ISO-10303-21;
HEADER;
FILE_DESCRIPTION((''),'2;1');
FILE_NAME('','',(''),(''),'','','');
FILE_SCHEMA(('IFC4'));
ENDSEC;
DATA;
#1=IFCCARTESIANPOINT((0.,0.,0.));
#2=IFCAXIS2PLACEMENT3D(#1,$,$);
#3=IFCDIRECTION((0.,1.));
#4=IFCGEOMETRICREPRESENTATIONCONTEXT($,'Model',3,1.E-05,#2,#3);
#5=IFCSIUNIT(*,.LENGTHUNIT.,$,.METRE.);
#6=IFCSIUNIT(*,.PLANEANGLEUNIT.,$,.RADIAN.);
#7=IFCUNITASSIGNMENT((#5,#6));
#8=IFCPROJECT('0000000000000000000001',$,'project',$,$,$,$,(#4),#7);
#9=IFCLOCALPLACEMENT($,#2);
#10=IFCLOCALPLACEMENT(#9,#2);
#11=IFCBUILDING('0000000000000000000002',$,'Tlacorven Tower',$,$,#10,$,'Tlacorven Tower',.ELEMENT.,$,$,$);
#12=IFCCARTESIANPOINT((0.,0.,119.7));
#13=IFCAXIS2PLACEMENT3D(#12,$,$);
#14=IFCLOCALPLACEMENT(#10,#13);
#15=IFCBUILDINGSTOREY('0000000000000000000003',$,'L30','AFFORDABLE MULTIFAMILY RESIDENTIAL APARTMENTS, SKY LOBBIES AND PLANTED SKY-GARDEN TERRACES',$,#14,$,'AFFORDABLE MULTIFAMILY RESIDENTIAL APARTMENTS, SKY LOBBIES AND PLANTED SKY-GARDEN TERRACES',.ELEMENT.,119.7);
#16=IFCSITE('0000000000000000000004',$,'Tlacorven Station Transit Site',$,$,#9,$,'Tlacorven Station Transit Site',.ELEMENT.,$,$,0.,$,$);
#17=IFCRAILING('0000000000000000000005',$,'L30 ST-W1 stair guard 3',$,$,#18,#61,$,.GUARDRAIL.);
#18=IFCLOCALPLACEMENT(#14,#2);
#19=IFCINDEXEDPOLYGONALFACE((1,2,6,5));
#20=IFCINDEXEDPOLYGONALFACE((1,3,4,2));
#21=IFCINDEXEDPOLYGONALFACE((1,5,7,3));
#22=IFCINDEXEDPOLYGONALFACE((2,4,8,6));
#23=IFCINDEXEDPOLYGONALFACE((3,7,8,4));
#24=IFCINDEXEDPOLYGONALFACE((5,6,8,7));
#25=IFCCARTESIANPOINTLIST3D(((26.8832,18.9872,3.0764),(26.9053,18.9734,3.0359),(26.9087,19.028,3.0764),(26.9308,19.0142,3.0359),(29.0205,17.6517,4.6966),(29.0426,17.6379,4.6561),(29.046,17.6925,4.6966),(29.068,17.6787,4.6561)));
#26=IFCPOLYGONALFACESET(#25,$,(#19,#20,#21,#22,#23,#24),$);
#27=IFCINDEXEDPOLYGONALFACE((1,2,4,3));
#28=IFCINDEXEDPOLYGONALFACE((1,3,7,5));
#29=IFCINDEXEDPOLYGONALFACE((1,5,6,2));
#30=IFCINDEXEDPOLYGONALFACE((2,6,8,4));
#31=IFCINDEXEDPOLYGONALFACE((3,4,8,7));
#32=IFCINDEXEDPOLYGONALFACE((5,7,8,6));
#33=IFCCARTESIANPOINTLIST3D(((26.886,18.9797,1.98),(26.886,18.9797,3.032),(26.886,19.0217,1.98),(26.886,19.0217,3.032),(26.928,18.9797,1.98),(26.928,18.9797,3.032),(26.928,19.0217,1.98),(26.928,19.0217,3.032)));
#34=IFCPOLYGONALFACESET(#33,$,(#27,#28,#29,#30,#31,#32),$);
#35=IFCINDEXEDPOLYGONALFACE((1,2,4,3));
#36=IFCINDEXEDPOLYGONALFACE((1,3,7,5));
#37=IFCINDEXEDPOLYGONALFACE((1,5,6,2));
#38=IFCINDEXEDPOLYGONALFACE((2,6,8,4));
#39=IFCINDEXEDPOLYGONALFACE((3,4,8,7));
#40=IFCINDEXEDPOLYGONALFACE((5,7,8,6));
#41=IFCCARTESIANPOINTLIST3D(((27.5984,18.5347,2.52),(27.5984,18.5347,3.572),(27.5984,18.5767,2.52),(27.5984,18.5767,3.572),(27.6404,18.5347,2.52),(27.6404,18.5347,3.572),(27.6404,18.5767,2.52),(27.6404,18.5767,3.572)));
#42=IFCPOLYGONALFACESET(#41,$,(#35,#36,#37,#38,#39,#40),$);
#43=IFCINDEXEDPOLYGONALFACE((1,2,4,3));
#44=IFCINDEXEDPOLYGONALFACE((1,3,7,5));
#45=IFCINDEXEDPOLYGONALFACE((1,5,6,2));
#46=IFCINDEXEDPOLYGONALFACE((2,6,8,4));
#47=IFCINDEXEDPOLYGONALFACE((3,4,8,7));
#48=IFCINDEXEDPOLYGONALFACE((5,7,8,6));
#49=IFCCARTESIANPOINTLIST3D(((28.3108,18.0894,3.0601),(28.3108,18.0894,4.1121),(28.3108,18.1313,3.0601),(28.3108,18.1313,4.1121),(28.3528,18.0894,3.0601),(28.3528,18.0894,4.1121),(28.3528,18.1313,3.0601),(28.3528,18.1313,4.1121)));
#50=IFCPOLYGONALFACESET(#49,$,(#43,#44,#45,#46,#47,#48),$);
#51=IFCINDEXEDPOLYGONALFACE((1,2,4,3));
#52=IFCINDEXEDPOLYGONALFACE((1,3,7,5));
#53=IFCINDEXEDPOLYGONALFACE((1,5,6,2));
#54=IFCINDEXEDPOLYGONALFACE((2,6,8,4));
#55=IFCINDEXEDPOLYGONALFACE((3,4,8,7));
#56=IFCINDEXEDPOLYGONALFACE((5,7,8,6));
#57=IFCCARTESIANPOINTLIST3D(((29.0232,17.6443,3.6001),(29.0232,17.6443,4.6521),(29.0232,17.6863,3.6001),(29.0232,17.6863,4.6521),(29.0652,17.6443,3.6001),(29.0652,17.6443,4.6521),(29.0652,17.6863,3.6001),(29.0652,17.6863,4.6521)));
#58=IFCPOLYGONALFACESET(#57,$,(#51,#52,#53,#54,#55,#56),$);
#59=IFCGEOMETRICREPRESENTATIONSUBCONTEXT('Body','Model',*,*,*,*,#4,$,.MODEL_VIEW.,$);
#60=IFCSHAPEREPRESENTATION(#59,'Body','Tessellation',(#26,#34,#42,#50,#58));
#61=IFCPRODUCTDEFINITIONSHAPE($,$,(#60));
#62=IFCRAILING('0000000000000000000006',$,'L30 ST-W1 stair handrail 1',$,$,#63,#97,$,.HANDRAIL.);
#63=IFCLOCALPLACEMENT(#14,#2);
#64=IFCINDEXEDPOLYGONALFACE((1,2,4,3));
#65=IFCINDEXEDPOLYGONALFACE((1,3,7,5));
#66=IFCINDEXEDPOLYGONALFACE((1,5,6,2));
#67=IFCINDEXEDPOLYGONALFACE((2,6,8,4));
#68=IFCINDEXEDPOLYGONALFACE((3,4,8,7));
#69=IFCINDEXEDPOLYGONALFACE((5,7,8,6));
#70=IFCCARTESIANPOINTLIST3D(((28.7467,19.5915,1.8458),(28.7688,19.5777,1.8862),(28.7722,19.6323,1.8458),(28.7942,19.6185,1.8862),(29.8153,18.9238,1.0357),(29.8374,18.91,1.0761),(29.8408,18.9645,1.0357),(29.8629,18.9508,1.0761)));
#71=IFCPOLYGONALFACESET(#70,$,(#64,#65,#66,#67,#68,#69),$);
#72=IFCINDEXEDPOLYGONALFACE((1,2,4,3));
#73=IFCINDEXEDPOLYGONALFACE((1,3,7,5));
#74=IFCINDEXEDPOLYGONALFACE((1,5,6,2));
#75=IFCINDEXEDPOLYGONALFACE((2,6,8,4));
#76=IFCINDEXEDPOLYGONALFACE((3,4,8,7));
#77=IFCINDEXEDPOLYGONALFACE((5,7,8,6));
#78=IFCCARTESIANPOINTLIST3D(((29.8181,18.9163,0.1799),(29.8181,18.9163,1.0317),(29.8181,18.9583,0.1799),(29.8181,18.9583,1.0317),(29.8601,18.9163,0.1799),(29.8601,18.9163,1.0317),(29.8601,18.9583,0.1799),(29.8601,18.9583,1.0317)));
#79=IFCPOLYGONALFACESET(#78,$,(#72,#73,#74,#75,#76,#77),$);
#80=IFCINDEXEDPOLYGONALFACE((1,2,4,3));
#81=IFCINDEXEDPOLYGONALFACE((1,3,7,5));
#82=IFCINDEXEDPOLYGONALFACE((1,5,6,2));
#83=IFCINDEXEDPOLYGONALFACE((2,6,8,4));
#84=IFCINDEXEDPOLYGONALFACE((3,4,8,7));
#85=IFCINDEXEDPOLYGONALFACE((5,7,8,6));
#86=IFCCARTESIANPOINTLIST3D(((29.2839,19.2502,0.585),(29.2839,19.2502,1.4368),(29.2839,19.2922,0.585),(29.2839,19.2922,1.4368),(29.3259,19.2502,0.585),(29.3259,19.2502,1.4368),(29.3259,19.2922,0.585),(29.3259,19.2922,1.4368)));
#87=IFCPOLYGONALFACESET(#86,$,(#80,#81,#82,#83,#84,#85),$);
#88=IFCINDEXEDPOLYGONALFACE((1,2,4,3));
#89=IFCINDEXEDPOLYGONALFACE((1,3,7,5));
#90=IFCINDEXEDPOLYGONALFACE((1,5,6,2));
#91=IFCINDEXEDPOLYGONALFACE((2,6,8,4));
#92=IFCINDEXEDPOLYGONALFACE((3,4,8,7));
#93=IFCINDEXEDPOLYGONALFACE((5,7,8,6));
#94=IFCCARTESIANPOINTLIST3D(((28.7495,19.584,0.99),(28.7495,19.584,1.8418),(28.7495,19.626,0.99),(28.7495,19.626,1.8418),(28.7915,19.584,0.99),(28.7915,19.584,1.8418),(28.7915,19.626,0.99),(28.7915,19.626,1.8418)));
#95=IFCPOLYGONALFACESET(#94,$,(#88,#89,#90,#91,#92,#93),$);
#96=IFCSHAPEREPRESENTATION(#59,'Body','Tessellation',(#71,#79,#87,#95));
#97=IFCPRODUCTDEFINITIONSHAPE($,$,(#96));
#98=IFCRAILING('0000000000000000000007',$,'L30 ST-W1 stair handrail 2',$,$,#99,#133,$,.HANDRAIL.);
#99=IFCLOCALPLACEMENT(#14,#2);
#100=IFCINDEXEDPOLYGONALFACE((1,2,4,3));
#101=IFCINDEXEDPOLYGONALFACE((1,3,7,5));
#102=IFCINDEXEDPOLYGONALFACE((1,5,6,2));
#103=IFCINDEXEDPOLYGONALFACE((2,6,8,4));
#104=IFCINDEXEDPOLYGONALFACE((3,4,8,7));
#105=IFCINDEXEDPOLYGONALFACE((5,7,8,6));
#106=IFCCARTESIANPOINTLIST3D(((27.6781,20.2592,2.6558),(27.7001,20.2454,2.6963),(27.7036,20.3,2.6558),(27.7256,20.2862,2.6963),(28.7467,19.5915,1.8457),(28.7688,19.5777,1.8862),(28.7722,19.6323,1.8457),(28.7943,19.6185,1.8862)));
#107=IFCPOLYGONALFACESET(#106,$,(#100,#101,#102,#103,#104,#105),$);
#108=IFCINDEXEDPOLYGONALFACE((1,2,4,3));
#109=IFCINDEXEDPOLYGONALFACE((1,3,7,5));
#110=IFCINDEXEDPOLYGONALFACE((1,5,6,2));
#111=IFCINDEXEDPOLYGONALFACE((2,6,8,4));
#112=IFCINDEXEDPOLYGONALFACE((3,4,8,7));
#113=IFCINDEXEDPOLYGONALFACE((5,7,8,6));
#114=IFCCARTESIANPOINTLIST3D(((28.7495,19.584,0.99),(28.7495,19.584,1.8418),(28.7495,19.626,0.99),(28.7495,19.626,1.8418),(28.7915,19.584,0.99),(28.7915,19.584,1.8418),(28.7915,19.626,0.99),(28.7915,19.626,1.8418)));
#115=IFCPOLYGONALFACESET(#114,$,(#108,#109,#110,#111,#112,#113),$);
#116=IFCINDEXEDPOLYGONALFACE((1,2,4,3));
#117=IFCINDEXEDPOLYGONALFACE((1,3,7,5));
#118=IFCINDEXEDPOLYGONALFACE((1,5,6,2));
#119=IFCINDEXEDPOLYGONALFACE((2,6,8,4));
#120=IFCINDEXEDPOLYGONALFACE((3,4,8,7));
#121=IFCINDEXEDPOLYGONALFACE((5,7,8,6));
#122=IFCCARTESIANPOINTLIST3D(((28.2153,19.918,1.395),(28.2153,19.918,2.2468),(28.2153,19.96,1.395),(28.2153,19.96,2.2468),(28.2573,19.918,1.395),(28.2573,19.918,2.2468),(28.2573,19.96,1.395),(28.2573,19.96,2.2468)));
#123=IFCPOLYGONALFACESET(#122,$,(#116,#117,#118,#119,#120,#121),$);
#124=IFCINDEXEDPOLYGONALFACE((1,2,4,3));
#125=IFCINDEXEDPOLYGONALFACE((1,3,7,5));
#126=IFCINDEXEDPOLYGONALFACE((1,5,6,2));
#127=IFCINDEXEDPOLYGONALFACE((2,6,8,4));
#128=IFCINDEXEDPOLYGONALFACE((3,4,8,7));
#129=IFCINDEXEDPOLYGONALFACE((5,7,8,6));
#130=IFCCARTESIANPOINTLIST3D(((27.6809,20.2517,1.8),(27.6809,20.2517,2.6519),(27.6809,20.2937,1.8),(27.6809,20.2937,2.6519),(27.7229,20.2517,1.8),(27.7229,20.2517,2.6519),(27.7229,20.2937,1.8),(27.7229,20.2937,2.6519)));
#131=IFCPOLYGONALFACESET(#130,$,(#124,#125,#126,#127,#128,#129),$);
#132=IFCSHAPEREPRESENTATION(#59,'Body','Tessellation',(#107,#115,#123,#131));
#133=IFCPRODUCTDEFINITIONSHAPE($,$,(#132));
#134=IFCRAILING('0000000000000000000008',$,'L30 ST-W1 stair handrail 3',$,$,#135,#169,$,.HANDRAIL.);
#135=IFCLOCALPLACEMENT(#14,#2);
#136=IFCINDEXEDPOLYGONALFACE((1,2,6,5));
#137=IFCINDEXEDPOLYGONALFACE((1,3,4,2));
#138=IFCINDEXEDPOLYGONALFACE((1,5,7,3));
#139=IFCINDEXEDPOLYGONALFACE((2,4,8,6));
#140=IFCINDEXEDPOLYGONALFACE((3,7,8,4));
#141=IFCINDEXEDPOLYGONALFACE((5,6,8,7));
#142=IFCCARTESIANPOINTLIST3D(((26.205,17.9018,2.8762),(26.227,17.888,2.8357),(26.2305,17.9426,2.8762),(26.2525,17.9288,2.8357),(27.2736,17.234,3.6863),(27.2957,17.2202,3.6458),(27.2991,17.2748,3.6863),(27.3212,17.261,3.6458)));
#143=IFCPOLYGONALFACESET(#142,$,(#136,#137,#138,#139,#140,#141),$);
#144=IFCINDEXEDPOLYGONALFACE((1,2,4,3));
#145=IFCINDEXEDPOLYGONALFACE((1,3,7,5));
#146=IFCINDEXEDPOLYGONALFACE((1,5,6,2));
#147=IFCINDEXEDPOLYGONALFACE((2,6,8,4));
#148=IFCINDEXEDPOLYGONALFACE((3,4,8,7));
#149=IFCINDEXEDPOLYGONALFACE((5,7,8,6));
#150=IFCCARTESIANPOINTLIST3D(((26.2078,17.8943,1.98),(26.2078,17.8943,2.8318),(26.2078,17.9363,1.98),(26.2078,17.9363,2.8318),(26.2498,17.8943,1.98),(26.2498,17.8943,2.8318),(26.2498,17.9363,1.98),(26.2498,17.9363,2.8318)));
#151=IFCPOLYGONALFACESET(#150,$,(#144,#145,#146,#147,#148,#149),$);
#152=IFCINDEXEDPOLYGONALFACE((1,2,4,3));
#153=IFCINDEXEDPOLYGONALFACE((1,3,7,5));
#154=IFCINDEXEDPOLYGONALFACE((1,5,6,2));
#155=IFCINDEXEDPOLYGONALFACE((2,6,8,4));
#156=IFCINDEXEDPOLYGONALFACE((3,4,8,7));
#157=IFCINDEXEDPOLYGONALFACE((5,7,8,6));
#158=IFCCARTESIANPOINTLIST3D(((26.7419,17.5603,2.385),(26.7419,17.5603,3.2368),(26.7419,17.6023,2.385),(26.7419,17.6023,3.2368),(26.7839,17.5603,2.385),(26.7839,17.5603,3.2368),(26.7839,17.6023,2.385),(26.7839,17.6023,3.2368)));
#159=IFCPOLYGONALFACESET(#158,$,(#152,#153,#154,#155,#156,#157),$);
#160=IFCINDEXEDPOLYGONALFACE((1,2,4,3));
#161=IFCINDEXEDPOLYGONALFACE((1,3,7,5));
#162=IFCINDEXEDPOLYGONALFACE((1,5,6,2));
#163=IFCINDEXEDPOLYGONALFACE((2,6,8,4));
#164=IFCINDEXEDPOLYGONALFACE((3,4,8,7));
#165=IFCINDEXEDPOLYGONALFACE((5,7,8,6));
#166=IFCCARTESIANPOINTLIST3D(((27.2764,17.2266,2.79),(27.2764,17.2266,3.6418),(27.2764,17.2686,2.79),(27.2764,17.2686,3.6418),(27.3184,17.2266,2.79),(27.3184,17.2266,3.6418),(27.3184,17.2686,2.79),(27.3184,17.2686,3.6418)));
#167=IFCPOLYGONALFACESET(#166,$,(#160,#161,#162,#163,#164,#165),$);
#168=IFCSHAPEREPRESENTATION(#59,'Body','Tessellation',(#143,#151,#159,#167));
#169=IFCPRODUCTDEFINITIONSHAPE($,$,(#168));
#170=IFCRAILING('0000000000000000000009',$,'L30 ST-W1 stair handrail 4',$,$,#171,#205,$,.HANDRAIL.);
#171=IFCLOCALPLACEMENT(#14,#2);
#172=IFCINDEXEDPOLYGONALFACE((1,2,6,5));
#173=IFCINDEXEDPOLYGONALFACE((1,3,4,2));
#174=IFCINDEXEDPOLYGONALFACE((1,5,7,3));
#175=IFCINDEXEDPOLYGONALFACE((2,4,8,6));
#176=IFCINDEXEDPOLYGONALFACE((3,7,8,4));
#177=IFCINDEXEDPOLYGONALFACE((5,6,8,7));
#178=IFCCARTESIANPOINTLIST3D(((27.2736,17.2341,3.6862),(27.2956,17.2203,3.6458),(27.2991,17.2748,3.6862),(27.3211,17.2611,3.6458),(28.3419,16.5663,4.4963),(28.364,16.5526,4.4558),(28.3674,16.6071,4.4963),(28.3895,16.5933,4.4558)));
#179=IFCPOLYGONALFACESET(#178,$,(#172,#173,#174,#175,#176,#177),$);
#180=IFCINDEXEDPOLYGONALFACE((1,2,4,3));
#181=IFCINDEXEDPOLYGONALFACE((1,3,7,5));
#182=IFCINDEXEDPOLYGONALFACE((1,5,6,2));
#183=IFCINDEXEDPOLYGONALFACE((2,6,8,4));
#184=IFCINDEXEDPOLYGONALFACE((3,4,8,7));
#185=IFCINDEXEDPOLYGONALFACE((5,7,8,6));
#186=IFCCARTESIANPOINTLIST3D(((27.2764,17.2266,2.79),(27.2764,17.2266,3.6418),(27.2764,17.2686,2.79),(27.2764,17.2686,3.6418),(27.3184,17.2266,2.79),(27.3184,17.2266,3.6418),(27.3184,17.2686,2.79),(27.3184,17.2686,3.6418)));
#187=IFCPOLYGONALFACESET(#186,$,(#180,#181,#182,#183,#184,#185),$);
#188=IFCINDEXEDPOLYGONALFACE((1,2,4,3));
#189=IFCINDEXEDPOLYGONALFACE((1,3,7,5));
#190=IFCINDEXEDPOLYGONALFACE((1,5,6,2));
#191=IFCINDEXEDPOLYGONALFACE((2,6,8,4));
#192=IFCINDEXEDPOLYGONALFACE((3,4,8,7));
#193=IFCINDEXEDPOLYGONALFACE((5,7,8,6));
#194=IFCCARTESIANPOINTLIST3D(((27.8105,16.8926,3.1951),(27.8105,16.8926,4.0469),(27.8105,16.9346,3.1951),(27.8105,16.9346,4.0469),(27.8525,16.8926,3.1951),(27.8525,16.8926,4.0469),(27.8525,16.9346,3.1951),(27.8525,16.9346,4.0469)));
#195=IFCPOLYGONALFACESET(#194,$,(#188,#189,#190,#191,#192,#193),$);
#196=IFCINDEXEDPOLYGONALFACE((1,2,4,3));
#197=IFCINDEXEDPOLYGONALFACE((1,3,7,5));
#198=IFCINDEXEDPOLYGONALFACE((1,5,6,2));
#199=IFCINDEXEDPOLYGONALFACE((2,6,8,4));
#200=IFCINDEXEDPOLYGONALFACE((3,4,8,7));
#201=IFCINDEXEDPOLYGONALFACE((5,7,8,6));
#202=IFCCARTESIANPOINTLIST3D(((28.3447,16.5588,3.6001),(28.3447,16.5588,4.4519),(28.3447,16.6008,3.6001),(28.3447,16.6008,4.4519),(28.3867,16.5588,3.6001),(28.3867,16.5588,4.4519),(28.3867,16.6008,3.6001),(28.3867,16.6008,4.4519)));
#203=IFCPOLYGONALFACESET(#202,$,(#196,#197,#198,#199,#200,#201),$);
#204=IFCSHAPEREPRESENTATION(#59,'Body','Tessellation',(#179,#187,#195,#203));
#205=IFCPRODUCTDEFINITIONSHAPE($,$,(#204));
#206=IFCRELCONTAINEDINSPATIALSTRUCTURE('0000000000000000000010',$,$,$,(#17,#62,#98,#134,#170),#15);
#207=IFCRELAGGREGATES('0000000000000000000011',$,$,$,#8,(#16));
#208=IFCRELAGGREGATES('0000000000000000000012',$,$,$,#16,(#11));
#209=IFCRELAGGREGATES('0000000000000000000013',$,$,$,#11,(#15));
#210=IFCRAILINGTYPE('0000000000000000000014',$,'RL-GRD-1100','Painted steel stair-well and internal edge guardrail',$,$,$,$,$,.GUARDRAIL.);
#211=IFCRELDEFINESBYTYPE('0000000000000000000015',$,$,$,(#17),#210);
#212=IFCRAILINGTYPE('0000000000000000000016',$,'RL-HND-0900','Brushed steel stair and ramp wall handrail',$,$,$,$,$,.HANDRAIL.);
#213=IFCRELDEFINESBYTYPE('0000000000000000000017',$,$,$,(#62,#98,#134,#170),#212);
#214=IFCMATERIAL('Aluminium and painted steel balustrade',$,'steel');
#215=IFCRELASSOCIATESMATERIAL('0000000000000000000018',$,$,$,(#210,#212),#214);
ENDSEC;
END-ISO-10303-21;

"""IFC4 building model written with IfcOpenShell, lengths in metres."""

from ifc_helpers import new_model, si_unit, direction, frame, origin, origin_2d, place, context, subcontext, project, spatial, rectangle, extrude, source, transform, mapped, material, type_object, element, save


model = new_model("IFC4")

# Units and contexts
model_context = context("Model", 3, precision=1e-05, world=origin(), true_north=direction((0.0, 1.0)))
body_context = subcontext(model_context, "Body", "Model", "MODEL_VIEW")
ifc_project = project(units=[si_unit("LENGTHUNIT", "METRE"), si_unit("PLANEANGLEUNIT", "RADIAN")], contexts=[model_context])

# Site, building, storey
site_placement = place(None, origin())
site = spatial("IfcSite", under=ifc_project, at=site_placement, Name="Tlacorven Station Transit Site", LongName="Tlacorven Station Transit Site", CompositionType="ELEMENT", RefElevation=0.0)
building_placement = place(site_placement, origin())
building = spatial("IfcBuilding", under=site, at=building_placement, Name="Tlacorven Tower", LongName="Tlacorven Tower", CompositionType="ELEMENT")
storey_placement = place(building_placement, frame((0.0, 0.0, 119.7)))
storey = spatial("IfcBuildingStorey", under=building, at=storey_placement, Name="L30", Description="AFFORDABLE MULTIFAMILY RESIDENTIAL APARTMENTS, SKY LOBBIES AND PLANTED SKY-GARDEN TERRACES", LongName="AFFORDABLE MULTIFAMILY RESIDENTIAL APARTMENTS, SKY LOBBIES AND PLANTED SKY-GARDEN TERRACES", CompositionType="ELEMENT", Elevation=119.7)

# Railings
ifc_material_1 = material(Name="Aluminium and painted steel balustrade", Category="steel")
railing_type_1 = type_object("IfcRailingType", Name="RL-GRD-1100", Description="Painted steel stair-well and internal edge guardrail", PredefinedType="GUARDRAIL", material=ifc_material_1)
shared_shape_1 = source(origin(), body_context, "Body", "SweptSolid", [
    extrude(rectangle(XDim=0.0481, YDim=0.0481, at=origin_2d()), frame((0.0, 0.0, 1.0762), z_axis=(0.71336, -0.445748, 0.540765), x_axis=(0.529912, 0.848053, 0.0)), (0.0, 0.0, 1.0), 2.9961),
    extrude(rectangle(XDim=0.042, YDim=0.042, at=origin_2d()), origin(), (0.0, 0.0, 1.0), 1.052),
    extrude(rectangle(XDim=0.042, YDim=0.042, at=origin_2d()), frame((0.7124, -0.4451, 0.54)), (0.0, 0.0, 1.0), 1.052),
    extrude(rectangle(XDim=0.042, YDim=0.042, at=origin_2d()), frame((1.4248, -0.8904, 1.0801)), (0.0, 0.0, 1.0), 1.052),
    extrude(rectangle(XDim=0.042, YDim=0.042, at=origin_2d()), frame((2.1372, -1.3354, 1.6201)), (0.0, 0.0, 1.0), 1.052),
])
railing_1_placement = place(storey_placement, frame((26.907, 19.0007, 1.98)))
element("IfcRailing", 1, at=railing_1_placement, inside=storey, type_object=railing_type_1, Name="L30 ST-W1 stair guard 3", PredefinedType="GUARDRAIL", context=body_context, shape_type="MappedRepresentation", body=[
    mapped(shared_shape_1, transform((0.0, 0.0, 0.0), scale=1.0)),
])
railing_type_2 = type_object("IfcRailingType", Name="RL-HND-0900", Description="Brushed steel stair and ramp wall handrail", PredefinedType="HANDRAIL", material=ifc_material_1)
shared_shape_2 = source(origin(), body_context, "Body", "SweptSolid", [
    extrude(rectangle(XDim=0.0481, YDim=0.0481, at=origin_2d()), frame((0.0, 0.0, 0.876), z_axis=(-0.71336, 0.445748, 0.540765), x_axis=(-0.529912, -0.848053, 0.0)), (0.0, 0.0, 1.0), 1.498),
    extrude(rectangle(XDim=0.042, YDim=0.042, at=origin_2d()), origin(), (0.0, 0.0, 1.0), 0.8518),
    extrude(rectangle(XDim=0.042, YDim=0.042, at=origin_2d()), frame((-0.5342, 0.334, 0.405)), (0.0, 0.0, 1.0), 0.8518),
    extrude(rectangle(XDim=0.042, YDim=0.042, at=origin_2d()), frame((-1.0686, 0.6677, 0.8101)), (0.0, 0.0, 1.0), 0.8518),
])
for number, where, name in (
    (2, (29.8391, 18.9373, 0.1799), "L30 ST-W1 stair handrail 1"),
    (3, (28.7705, 19.605, 0.99), "L30 ST-W1 stair handrail 2"),
):
    element("IfcRailing", number, at=place(storey_placement, frame(where)), inside=storey, type_object=railing_type_2, Name=name, PredefinedType="HANDRAIL", context=body_context, shape_type="MappedRepresentation", body=[
        mapped(shared_shape_2, transform((0.0, 0.0, 0.0), scale=1.0)),
    ])
shared_shape_3 = source(origin(), body_context, "Body", "SweptSolid", [
    extrude(rectangle(XDim=0.0481, YDim=0.0481, at=origin_2d()), frame((0.0, 0.0, 0.876), z_axis=(0.71336, -0.445748, 0.540765), x_axis=(0.529912, 0.848053, 0.0)), (0.0, 0.0, 1.0), 1.498),
    extrude(rectangle(XDim=0.042, YDim=0.042, at=origin_2d()), origin(), (0.0, 0.0, 1.0), 0.8518),
    extrude(rectangle(XDim=0.042, YDim=0.042, at=origin_2d()), frame((0.5342, -0.334, 0.405)), (0.0, 0.0, 1.0), 0.8518),
    extrude(rectangle(XDim=0.042, YDim=0.042, at=origin_2d()), frame((1.0686, -0.6677, 0.8101)), (0.0, 0.0, 1.0), 0.8518),
])
railing_2_placement = place(storey_placement, frame((26.2288, 17.9153, 1.98)))
element("IfcRailing", 4, at=railing_2_placement, inside=storey, type_object=railing_type_2, Name="L30 ST-W1 stair handrail 3", PredefinedType="HANDRAIL", context=body_context, shape_type="MappedRepresentation", body=[
    mapped(shared_shape_3, transform((0.0, 0.0, 0.0), scale=1.0)),
])
shared_shape_4 = source(origin(), body_context, "Body", "SweptSolid", [
    extrude(rectangle(XDim=0.0481, YDim=0.0481, at=origin_2d()), frame((0.0, 0.0, 0.876), z_axis=(0.71328, -0.4458, 0.540828), x_axis=(0.529999, 0.847998, 0.0)), (0.0, 0.0, 1.0), 1.4978),
    extrude(rectangle(XDim=0.042, YDim=0.042, at=origin_2d()), origin(), (0.0, 0.0, 1.0), 0.8518),
    extrude(rectangle(XDim=0.042, YDim=0.042, at=origin_2d()), frame((0.5342, -0.334, 0.405)), (0.0, 0.0, 1.0), 0.8518),
    extrude(rectangle(XDim=0.042, YDim=0.042, at=origin_2d()), frame((1.0684, -0.6677, 0.8101)), (0.0, 0.0, 1.0), 0.8518),
])
railing_3_placement = place(storey_placement, frame((27.2974, 17.2476, 2.79)))
element("IfcRailing", 5, at=railing_3_placement, inside=storey, type_object=railing_type_2, Name="L30 ST-W1 stair handrail 4", PredefinedType="HANDRAIL", context=body_context, shape_type="MappedRepresentation", body=[
    mapped(shared_shape_4, transform((0.0, 0.0, 0.0), scale=1.0)),
])

save(model, "model.ifc")
